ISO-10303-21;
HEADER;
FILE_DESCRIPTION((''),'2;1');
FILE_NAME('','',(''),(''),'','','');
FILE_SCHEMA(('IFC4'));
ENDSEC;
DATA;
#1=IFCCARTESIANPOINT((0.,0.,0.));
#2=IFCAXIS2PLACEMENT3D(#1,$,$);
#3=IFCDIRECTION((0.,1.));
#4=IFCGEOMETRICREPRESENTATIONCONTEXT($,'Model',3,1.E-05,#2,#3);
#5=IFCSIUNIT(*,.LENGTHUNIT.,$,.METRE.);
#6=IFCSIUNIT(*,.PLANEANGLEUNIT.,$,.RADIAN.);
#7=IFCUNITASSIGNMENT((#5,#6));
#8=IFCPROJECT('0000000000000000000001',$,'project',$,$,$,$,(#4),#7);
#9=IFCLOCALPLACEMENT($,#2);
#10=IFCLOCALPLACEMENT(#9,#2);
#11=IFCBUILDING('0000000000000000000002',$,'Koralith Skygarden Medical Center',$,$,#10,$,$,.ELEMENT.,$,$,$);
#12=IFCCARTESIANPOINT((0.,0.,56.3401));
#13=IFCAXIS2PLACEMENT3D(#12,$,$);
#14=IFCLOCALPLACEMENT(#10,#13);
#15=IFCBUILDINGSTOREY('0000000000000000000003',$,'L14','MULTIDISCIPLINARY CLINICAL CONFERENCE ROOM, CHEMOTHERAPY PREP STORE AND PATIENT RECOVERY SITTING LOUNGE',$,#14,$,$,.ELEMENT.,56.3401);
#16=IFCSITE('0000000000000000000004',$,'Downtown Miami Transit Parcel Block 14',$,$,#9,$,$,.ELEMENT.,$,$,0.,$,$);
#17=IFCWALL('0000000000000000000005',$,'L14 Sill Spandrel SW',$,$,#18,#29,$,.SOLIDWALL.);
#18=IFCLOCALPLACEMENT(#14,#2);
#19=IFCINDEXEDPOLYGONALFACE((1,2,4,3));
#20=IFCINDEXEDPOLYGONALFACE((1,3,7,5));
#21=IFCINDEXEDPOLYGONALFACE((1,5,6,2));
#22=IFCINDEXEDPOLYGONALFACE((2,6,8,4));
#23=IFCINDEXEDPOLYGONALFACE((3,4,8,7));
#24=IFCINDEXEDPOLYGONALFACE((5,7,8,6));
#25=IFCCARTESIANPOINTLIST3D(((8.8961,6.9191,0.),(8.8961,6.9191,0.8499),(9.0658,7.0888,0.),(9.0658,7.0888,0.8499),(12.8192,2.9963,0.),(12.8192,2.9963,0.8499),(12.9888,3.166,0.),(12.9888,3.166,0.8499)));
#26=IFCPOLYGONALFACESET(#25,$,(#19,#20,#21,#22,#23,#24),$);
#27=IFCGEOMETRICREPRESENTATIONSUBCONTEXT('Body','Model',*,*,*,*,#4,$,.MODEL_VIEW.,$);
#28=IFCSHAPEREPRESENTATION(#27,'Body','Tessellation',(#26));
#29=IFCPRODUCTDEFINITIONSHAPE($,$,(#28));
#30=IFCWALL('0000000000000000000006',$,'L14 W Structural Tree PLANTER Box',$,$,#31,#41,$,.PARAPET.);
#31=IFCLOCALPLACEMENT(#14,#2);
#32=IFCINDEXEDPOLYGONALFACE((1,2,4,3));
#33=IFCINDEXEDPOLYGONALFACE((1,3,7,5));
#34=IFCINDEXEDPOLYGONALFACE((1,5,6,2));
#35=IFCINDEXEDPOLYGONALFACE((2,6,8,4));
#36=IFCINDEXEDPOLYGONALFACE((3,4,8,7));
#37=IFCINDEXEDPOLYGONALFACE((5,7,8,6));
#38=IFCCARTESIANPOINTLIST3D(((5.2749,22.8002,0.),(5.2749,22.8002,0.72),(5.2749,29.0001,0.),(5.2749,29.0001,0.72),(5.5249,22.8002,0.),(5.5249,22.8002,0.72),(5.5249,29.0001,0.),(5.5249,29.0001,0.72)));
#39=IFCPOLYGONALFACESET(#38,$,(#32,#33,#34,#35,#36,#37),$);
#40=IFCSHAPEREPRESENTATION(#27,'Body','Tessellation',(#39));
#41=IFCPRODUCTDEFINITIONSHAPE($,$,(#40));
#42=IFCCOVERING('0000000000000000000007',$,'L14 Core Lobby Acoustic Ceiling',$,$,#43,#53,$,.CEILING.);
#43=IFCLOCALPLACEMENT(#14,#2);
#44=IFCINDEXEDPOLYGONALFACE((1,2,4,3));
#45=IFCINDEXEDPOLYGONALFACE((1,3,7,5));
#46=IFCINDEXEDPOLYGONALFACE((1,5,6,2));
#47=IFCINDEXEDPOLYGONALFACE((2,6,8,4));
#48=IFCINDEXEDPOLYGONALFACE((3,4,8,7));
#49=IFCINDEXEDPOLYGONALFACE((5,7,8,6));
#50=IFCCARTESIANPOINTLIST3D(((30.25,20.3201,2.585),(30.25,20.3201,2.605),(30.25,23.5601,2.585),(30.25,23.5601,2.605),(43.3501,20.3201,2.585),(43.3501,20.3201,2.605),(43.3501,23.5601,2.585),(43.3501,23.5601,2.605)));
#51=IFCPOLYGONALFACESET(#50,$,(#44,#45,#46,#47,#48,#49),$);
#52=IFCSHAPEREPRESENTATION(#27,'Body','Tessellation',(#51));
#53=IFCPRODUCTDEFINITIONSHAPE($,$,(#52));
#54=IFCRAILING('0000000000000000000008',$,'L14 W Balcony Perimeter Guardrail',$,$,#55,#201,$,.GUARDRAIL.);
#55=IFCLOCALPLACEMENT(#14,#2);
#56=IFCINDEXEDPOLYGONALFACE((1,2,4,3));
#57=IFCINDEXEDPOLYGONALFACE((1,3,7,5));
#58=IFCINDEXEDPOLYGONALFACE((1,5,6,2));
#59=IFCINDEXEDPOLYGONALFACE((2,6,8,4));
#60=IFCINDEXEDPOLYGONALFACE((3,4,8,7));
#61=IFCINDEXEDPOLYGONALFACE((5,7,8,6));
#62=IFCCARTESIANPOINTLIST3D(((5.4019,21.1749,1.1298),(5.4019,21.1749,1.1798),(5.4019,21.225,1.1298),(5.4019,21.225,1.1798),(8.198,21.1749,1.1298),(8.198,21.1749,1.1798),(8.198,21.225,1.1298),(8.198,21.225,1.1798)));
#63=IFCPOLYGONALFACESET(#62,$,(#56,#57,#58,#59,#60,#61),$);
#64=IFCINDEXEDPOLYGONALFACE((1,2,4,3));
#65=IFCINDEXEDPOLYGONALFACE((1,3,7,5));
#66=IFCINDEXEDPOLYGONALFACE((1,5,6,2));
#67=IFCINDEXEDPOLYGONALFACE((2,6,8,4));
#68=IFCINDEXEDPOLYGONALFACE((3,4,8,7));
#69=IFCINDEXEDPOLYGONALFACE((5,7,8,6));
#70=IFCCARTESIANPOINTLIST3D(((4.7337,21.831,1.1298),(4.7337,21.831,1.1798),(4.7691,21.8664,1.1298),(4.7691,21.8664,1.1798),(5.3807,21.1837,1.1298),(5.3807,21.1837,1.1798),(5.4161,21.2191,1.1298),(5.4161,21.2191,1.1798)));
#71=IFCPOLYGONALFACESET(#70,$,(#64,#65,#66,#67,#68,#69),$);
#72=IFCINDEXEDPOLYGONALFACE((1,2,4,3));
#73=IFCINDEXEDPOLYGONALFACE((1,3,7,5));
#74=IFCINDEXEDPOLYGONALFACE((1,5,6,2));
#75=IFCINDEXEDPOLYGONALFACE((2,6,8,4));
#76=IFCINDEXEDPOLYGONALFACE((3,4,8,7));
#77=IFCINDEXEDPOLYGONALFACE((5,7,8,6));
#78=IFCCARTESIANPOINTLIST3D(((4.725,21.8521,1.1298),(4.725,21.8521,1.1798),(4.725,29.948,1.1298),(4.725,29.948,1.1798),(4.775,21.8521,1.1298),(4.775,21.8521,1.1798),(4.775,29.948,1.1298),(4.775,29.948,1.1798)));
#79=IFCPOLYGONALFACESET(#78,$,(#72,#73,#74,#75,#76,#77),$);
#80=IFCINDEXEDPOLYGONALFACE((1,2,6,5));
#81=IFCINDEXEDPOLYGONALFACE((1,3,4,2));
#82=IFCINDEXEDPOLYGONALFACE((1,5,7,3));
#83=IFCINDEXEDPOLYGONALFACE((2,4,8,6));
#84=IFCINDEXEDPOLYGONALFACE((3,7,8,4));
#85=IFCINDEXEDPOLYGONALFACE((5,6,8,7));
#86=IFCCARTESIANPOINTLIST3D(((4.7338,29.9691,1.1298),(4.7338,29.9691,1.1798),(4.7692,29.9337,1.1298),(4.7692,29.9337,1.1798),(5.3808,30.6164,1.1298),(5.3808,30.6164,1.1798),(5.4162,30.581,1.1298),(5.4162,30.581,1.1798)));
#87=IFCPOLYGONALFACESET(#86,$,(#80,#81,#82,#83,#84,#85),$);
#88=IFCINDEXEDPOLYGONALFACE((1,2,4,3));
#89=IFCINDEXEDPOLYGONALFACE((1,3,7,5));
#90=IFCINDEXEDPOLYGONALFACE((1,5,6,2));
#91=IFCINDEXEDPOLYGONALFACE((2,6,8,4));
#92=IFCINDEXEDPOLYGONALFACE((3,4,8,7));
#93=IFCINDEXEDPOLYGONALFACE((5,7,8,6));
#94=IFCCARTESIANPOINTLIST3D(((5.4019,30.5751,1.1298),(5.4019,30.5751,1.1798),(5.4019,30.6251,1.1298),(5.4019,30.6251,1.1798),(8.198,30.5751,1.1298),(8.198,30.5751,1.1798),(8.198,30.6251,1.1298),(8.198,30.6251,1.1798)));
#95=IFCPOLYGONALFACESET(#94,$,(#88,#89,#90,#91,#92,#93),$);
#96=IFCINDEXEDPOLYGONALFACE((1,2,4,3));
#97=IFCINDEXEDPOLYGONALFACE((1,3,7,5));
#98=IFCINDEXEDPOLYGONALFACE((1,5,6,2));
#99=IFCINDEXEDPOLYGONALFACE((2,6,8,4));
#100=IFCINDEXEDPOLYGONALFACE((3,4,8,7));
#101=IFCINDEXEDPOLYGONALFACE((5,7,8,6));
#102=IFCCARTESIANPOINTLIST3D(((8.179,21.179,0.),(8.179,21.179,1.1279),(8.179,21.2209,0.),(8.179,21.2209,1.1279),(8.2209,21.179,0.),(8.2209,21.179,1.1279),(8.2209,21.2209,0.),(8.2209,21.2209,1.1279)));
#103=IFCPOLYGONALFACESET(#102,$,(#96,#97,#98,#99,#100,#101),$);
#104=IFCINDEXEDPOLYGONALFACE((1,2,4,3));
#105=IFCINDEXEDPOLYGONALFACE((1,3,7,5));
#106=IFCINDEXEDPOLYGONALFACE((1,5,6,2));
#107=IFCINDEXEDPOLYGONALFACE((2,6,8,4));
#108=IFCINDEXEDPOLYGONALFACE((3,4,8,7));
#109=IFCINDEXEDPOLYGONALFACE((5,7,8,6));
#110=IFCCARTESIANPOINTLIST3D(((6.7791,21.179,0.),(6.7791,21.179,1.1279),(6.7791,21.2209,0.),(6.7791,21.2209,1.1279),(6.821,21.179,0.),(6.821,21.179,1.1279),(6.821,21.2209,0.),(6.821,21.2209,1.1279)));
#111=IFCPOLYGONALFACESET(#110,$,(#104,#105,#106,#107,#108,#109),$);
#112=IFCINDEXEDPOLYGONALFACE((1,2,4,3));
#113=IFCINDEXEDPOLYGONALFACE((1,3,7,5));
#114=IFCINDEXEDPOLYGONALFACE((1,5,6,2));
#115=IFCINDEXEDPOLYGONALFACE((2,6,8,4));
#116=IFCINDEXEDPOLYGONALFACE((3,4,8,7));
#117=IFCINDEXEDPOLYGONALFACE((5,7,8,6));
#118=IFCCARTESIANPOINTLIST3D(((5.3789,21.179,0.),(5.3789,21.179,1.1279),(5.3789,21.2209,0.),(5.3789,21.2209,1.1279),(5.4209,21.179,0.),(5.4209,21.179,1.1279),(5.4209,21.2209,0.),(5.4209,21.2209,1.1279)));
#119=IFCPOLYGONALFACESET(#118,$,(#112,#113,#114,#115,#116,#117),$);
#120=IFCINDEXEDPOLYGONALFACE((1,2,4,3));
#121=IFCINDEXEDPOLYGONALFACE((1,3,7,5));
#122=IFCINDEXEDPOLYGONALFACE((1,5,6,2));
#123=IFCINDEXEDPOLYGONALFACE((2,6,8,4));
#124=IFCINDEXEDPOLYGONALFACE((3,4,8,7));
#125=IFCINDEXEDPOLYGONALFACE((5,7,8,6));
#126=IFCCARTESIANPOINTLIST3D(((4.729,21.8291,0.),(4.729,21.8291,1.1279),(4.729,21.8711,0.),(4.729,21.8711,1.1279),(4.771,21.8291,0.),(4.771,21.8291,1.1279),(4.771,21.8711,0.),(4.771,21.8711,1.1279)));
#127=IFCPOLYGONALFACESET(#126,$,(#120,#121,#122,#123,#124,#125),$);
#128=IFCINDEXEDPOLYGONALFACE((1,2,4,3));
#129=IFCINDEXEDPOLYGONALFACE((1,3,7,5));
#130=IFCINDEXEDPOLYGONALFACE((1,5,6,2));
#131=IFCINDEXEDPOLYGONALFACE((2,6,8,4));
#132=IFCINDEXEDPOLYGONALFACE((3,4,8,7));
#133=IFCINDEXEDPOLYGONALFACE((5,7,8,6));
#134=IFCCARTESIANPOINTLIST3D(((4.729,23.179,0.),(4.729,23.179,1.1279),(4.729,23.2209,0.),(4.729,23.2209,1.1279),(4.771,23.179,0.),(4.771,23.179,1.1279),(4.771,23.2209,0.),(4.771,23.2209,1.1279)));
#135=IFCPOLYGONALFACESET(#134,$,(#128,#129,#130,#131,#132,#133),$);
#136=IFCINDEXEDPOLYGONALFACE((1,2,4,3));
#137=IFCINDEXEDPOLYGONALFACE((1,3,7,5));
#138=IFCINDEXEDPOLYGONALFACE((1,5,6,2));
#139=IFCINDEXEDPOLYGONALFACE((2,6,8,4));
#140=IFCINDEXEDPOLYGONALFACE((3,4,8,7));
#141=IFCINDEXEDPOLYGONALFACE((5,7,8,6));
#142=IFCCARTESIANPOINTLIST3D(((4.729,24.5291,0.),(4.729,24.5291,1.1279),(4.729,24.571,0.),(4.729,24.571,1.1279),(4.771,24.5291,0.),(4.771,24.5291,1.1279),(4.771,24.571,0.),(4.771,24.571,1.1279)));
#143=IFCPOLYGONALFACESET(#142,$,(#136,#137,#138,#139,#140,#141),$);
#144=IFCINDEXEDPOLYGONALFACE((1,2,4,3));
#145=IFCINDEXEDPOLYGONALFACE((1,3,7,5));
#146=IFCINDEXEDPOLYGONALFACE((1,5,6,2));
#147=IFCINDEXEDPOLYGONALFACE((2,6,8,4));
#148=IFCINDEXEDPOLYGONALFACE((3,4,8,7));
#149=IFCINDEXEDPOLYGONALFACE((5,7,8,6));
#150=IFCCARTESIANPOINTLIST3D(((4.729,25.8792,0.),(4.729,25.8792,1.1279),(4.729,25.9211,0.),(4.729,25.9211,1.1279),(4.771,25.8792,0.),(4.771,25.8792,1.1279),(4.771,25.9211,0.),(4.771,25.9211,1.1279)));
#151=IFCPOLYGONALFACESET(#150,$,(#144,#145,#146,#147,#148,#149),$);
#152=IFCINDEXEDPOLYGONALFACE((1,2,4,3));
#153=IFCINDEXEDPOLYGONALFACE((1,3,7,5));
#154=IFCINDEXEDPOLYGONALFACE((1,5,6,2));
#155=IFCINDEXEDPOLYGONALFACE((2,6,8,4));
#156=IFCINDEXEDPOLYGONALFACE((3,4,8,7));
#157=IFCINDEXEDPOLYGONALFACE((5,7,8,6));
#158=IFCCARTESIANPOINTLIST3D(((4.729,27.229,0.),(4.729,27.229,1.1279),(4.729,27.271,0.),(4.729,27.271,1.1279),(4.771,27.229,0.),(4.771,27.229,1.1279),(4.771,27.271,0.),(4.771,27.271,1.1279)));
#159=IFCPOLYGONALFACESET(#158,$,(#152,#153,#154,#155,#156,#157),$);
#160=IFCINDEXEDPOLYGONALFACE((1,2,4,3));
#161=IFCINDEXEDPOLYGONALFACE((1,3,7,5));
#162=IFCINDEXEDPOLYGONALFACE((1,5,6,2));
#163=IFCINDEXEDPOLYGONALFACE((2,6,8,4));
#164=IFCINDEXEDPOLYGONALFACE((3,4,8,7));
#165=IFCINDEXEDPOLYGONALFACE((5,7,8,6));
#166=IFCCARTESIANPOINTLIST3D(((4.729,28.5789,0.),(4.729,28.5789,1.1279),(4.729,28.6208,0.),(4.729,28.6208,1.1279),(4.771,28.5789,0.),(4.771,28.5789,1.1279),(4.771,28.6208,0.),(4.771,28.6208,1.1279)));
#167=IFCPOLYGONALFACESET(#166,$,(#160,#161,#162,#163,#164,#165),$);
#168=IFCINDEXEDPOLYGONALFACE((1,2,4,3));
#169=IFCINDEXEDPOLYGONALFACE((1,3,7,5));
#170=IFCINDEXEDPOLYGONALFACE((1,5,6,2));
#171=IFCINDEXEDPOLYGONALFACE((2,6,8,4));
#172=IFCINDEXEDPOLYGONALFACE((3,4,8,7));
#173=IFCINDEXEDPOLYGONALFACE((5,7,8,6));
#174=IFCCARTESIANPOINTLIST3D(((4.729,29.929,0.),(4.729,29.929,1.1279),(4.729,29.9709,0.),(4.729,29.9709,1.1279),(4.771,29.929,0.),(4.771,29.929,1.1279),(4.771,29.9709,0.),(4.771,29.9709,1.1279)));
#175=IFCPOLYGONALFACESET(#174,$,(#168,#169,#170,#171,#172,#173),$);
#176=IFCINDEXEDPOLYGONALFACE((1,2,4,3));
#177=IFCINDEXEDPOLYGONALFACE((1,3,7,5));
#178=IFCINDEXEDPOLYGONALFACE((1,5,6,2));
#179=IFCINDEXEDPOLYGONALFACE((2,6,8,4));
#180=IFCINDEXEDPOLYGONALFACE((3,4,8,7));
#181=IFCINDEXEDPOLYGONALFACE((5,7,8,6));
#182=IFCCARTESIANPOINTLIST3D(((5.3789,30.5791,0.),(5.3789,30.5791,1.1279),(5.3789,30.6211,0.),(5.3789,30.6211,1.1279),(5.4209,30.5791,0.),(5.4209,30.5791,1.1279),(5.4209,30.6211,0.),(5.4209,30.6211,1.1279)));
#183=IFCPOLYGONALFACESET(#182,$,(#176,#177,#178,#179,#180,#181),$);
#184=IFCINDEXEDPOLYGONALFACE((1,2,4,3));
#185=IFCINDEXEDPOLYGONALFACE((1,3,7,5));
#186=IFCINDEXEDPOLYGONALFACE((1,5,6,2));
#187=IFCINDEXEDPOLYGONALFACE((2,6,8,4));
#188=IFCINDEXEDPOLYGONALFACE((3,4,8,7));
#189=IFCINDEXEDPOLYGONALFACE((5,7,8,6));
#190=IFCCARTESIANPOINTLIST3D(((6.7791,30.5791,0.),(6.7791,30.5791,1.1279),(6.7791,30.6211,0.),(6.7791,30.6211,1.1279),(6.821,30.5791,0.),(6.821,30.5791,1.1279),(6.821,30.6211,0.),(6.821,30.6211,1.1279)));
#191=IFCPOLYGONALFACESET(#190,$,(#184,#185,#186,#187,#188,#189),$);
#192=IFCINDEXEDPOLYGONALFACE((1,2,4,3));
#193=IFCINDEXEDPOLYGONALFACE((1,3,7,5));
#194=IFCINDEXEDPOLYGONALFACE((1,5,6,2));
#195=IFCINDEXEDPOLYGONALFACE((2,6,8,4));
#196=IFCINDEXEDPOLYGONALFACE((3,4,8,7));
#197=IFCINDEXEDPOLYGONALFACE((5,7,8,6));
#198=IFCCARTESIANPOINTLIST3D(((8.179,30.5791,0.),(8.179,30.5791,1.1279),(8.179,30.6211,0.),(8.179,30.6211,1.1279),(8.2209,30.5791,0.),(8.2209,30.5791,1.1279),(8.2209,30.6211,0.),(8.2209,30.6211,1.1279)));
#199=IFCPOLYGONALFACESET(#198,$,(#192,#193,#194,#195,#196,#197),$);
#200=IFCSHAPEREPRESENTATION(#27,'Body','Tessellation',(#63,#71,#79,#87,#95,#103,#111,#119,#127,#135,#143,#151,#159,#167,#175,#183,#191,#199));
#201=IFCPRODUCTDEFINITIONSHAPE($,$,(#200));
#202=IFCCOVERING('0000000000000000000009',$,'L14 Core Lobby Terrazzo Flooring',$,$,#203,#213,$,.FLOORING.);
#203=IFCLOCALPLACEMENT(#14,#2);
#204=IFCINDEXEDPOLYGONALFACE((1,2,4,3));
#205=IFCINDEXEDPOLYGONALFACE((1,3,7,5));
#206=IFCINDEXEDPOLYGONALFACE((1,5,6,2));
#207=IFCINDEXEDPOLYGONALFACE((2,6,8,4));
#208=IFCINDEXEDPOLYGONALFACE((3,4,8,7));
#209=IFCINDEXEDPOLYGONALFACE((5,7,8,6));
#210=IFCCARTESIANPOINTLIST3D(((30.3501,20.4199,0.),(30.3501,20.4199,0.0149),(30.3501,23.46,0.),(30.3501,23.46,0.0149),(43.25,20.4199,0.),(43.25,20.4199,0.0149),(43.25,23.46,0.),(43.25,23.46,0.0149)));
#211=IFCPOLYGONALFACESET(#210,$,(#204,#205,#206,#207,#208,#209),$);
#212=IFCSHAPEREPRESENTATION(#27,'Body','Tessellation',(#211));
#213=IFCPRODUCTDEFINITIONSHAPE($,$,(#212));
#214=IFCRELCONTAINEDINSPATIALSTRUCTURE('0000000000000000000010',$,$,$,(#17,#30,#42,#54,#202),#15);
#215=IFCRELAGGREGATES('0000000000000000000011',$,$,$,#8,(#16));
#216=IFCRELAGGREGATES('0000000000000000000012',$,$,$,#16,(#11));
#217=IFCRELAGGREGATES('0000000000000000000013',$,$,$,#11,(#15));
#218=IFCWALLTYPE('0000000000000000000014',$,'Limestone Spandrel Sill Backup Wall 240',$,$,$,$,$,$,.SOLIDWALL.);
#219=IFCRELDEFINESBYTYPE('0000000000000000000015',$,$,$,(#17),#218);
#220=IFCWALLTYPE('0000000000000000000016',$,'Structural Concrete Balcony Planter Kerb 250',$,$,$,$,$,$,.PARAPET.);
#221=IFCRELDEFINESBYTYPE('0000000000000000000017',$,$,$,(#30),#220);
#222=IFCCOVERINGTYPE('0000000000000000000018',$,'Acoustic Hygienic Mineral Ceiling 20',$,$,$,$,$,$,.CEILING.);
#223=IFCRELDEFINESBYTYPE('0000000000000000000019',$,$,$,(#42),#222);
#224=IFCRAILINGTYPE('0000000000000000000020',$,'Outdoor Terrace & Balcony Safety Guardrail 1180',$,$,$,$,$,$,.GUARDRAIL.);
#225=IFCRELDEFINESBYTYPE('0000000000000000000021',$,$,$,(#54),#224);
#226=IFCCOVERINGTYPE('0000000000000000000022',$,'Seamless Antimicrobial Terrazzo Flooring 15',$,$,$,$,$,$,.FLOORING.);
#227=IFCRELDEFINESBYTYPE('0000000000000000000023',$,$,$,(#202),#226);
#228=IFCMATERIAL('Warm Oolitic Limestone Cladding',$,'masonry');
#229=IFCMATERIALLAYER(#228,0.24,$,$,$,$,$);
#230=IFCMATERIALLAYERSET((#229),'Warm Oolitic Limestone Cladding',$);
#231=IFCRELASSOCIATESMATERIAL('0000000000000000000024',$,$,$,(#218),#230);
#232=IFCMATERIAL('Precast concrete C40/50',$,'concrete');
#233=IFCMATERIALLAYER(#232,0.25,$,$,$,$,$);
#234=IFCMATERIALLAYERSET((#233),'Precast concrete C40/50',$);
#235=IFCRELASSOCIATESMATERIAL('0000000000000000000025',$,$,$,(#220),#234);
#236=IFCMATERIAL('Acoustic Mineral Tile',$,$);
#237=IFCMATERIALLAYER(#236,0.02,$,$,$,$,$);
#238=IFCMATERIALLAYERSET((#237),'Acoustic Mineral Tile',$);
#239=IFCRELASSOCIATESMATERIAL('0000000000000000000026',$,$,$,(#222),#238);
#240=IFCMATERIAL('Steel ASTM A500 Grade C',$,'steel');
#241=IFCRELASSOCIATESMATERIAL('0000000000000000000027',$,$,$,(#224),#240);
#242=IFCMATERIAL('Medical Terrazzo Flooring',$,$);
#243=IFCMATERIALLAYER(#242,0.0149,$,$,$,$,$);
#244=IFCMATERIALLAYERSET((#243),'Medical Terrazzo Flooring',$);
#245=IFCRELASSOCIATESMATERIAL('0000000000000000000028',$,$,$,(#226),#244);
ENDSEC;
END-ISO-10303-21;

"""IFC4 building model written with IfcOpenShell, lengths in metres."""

from ifc_helpers import new_model, si_unit, direction, frame, frame_2d, origin, origin_2d, place, context, subcontext, project, spatial, polyline, rectangle, outline, extrude, material, layer, layer_set, type_object, element, save


model = new_model("IFC4")

# Units and contexts
model_context = context("Model", 3, precision=1e-05, world=origin(), true_north=direction((0.0, 1.0)))
body_context = subcontext(model_context, "Body", "Model", "MODEL_VIEW")
ifc_project = project(units=[si_unit("LENGTHUNIT", "METRE"), si_unit("PLANEANGLEUNIT", "RADIAN")], contexts=[model_context])

# Site, building, storey
site_placement = place(None, origin())
site = spatial("IfcSite", under=ifc_project, at=site_placement, Name="Downtown Miami Transit Parcel Block 14", CompositionType="ELEMENT", RefElevation=0.0)
building_placement = place(site_placement, origin())
building = spatial("IfcBuilding", under=site, at=building_placement, Name="Koralith Skygarden Medical Center", CompositionType="ELEMENT")
storey_placement = place(building_placement, frame((0.0, 0.0, 56.3401)))
storey = spatial("IfcBuildingStorey", under=building, at=storey_placement, Name="L14", Description="MULTIDISCIPLINARY CLINICAL CONFERENCE ROOM, CHEMOTHERAPY PREP STORE AND PATIENT RECOVERY SITTING LOUNGE", CompositionType="ELEMENT", Elevation=56.3401)

# Shared definitions
ifc_material_1 = material(Name="Warm Oolitic Limestone Cladding", Category="masonry")

# Walls
ifc_layer_1 = layer(ifc_material_1, 0.24)
ifc_layer_set_1 = layer_set([ifc_layer_1], Name="Warm Oolitic Limestone Cladding")
wall_type_1 = type_object("IfcWallType", Name="Limestone Spandrel Sill Backup Wall 240", PredefinedType="SOLIDWALL", material=ifc_layer_set_1)
wall_1_placement = place(storey_placement, frame((8.981, 7.0039, 0.0), z_axis=(0.0, 0.0, 1.0), x_axis=(0.707129, -0.707085, 0.0)))
element("IfcWall", 1, at=wall_1_placement, inside=storey, type_object=wall_type_1, Name="L14 Sill Spandrel SW", PredefinedType="SOLIDWALL", context=body_context, shape_type="SweptSolid", body=[
    extrude(rectangle(XDim=5.5479, YDim=0.24, at=frame_2d((2.7739, 0.0))), origin(), (0.0, 0.0, 1.0), 0.8499),
])
ifc_material_2 = material(Name="Precast concrete C40/50", Category="concrete")
ifc_layer_2 = layer(ifc_material_2, 0.25)
ifc_layer_set_2 = layer_set([ifc_layer_2], Name="Precast concrete C40/50")
wall_type_2 = type_object("IfcWallType", Name="Structural Concrete Balcony Planter Kerb 250", PredefinedType="PARAPET", material=ifc_layer_set_2)
wall_2_placement = place(storey_placement, frame((5.3999, 22.8, 0.0), z_axis=(0.0, 0.0, 1.0), x_axis=(0.0, 1.0, 0.0)))
element("IfcWall", 2, at=wall_2_placement, inside=storey, type_object=wall_type_2, Name="L14 W Structural Tree PLANTER Box", PredefinedType="PARAPET", context=body_context, shape_type="SweptSolid", body=[
    extrude(rectangle(XDim=6.2, YDim=0.25, at=frame_2d((3.1001, 0.0))), origin(), (0.0, 0.0, 1.0), 0.72),
])

# Covering
ifc_material_3 = material(Name="Acoustic Mineral Tile")
ifc_layer_3 = layer(ifc_material_3, 0.02)
ifc_layer_set_3 = layer_set([ifc_layer_3], Name="Acoustic Mineral Tile")
covering_type_1 = type_object("IfcCoveringType", Name="Acoustic Hygienic Mineral Ceiling 20", PredefinedType="CEILING", material=ifc_layer_set_3)
covering_1_placement = place(storey_placement, frame((0.0, 0.0, 2.585)))
element("IfcCovering", 3, at=covering_1_placement, inside=storey, type_object=covering_type_1, Name="L14 Core Lobby Acoustic Ceiling", PredefinedType="CEILING", context=body_context, shape_type="SweptSolid", body=[
    extrude(outline(polyline([(30.25, 20.3201), (43.3501, 20.3201), (43.3501, 23.5601), (30.25, 23.5601), (30.25, 20.3201)])), origin(), (0.0, 0.0, 1.0), 0.02),
])

# Railing
ifc_material_4 = material(Name="Steel ASTM A500 Grade C", Category="steel")
railing_type = type_object("IfcRailingType", Name="Outdoor Terrace & Balcony Safety Guardrail 1180", PredefinedType="GUARDRAIL", material=ifc_material_4)
railing_placement = place(storey_placement, frame((8.2, 21.2, 0.0)))
element("IfcRailing", 4, at=railing_placement, inside=storey, type_object=railing_type, Name="L14 W Balcony Perimeter Guardrail", PredefinedType="GUARDRAIL", context=body_context, shape_type="SweptSolid", body=[
    extrude(rectangle(XDim=0.05, YDim=0.05, at=origin_2d()), frame((-0.002, 0.0, 1.1548), z_axis=(-1.0, 0.0, 0.0), x_axis=(0.0, -1.0, 0.0)), (0.0, 0.0, 1.0), 2.7961),
    extrude(rectangle(XDim=0.05, YDim=0.05, at=origin_2d()), frame((-2.8015, 0.0015, 1.1548), z_axis=(-0.706974, 0.70724, 0.0), x_axis=(-0.70724, -0.706974, 0.0)), (0.0, 0.0, 1.0), 0.9153),
    extrude(rectangle(XDim=0.05, YDim=0.05, at=origin_2d()), frame((-3.45, 0.6521, 1.1548), z_axis=(0.0, 1.0, 0.0), x_axis=(-1.0, 0.0, 0.0)), (0.0, 0.0, 1.0), 8.0959),
    extrude(rectangle(XDim=0.05, YDim=0.05, at=origin_2d()), frame((-3.4485, 8.7515, 1.1548), z_axis=(0.706974, 0.70724, 0.0), x_axis=(-0.70724, 0.706974, 0.0)), (0.0, 0.0, 1.0), 0.9153),
    extrude(rectangle(XDim=0.05, YDim=0.05, at=origin_2d()), frame((-2.7981, 9.4001, 1.1548), z_axis=(1.0, 0.0, 0.0), x_axis=(0.0, 1.0, 0.0)), (0.0, 0.0, 1.0), 2.7961),
    extrude(rectangle(XDim=0.042, YDim=0.042, at=origin_2d()), origin(), (0.0, 0.0, 1.0), 1.1279),
    extrude(rectangle(XDim=0.042, YDim=0.042, at=origin_2d()), frame((-1.3999, 0.0, 0.0)), (0.0, 0.0, 1.0), 1.1279),
    extrude(rectangle(XDim=0.042, YDim=0.042, at=origin_2d()), frame((-2.8, 0.0, 0.0)), (0.0, 0.0, 1.0), 1.1279),
    extrude(rectangle(XDim=0.042, YDim=0.042, at=origin_2d()), frame((-3.45, 0.6501, 0.0)), (0.0, 0.0, 1.0), 1.1279),
    extrude(rectangle(XDim=0.042, YDim=0.042, at=origin_2d()), frame((-3.45, 2.0, 0.0)), (0.0, 0.0, 1.0), 1.1279),
    extrude(rectangle(XDim=0.042, YDim=0.042, at=origin_2d()), frame((-3.45, 3.3501, 0.0)), (0.0, 0.0, 1.0), 1.1279),
    extrude(rectangle(XDim=0.042, YDim=0.042, at=origin_2d()), frame((-3.45, 4.7002, 0.0)), (0.0, 0.0, 1.0), 1.1279),
    extrude(rectangle(XDim=0.042, YDim=0.042, at=origin_2d()), frame((-3.45, 6.05, 0.0)), (0.0, 0.0, 1.0), 1.1279),
    extrude(rectangle(XDim=0.042, YDim=0.042, at=origin_2d()), frame((-3.45, 7.3999, 0.0)), (0.0, 0.0, 1.0), 1.1279),
    extrude(rectangle(XDim=0.042, YDim=0.042, at=origin_2d()), frame((-3.45, 8.75, 0.0)), (0.0, 0.0, 1.0), 1.1279),
    extrude(rectangle(XDim=0.042, YDim=0.042, at=origin_2d()), frame((-2.8, 9.4001, 0.0)), (0.0, 0.0, 1.0), 1.1279),
    extrude(rectangle(XDim=0.042, YDim=0.042, at=origin_2d()), frame((-1.3999, 9.4001, 0.0)), (0.0, 0.0, 1.0), 1.1279),
    extrude(rectangle(XDim=0.042, YDim=0.042, at=origin_2d()), frame((0.0, 9.4001, 0.0)), (0.0, 0.0, 1.0), 1.1279),
])

# Covering
ifc_material_5 = material(Name="Medical Terrazzo Flooring")
ifc_layer_4 = layer(ifc_material_5, 0.0149)
ifc_layer_set_4 = layer_set([ifc_layer_4], Name="Medical Terrazzo Flooring")
covering_type_2 = type_object("IfcCoveringType", Name="Seamless Antimicrobial Terrazzo Flooring 15", PredefinedType="FLOORING", material=ifc_layer_set_4)
covering_2_placement = place(storey_placement, origin())
element("IfcCovering", 5, at=covering_2_placement, inside=storey, type_object=covering_type_2, Name="L14 Core Lobby Terrazzo Flooring", PredefinedType="FLOORING", context=body_context, shape_type="SweptSolid", body=[
    extrude(outline(polyline([(30.3501, 20.4199), (43.25, 20.4199), (43.25, 23.46), (30.3501, 23.46), (30.3501, 20.4199)])), origin(), (0.0, 0.0, 1.0), 0.0149),
])

save(model, "model.ifc")
